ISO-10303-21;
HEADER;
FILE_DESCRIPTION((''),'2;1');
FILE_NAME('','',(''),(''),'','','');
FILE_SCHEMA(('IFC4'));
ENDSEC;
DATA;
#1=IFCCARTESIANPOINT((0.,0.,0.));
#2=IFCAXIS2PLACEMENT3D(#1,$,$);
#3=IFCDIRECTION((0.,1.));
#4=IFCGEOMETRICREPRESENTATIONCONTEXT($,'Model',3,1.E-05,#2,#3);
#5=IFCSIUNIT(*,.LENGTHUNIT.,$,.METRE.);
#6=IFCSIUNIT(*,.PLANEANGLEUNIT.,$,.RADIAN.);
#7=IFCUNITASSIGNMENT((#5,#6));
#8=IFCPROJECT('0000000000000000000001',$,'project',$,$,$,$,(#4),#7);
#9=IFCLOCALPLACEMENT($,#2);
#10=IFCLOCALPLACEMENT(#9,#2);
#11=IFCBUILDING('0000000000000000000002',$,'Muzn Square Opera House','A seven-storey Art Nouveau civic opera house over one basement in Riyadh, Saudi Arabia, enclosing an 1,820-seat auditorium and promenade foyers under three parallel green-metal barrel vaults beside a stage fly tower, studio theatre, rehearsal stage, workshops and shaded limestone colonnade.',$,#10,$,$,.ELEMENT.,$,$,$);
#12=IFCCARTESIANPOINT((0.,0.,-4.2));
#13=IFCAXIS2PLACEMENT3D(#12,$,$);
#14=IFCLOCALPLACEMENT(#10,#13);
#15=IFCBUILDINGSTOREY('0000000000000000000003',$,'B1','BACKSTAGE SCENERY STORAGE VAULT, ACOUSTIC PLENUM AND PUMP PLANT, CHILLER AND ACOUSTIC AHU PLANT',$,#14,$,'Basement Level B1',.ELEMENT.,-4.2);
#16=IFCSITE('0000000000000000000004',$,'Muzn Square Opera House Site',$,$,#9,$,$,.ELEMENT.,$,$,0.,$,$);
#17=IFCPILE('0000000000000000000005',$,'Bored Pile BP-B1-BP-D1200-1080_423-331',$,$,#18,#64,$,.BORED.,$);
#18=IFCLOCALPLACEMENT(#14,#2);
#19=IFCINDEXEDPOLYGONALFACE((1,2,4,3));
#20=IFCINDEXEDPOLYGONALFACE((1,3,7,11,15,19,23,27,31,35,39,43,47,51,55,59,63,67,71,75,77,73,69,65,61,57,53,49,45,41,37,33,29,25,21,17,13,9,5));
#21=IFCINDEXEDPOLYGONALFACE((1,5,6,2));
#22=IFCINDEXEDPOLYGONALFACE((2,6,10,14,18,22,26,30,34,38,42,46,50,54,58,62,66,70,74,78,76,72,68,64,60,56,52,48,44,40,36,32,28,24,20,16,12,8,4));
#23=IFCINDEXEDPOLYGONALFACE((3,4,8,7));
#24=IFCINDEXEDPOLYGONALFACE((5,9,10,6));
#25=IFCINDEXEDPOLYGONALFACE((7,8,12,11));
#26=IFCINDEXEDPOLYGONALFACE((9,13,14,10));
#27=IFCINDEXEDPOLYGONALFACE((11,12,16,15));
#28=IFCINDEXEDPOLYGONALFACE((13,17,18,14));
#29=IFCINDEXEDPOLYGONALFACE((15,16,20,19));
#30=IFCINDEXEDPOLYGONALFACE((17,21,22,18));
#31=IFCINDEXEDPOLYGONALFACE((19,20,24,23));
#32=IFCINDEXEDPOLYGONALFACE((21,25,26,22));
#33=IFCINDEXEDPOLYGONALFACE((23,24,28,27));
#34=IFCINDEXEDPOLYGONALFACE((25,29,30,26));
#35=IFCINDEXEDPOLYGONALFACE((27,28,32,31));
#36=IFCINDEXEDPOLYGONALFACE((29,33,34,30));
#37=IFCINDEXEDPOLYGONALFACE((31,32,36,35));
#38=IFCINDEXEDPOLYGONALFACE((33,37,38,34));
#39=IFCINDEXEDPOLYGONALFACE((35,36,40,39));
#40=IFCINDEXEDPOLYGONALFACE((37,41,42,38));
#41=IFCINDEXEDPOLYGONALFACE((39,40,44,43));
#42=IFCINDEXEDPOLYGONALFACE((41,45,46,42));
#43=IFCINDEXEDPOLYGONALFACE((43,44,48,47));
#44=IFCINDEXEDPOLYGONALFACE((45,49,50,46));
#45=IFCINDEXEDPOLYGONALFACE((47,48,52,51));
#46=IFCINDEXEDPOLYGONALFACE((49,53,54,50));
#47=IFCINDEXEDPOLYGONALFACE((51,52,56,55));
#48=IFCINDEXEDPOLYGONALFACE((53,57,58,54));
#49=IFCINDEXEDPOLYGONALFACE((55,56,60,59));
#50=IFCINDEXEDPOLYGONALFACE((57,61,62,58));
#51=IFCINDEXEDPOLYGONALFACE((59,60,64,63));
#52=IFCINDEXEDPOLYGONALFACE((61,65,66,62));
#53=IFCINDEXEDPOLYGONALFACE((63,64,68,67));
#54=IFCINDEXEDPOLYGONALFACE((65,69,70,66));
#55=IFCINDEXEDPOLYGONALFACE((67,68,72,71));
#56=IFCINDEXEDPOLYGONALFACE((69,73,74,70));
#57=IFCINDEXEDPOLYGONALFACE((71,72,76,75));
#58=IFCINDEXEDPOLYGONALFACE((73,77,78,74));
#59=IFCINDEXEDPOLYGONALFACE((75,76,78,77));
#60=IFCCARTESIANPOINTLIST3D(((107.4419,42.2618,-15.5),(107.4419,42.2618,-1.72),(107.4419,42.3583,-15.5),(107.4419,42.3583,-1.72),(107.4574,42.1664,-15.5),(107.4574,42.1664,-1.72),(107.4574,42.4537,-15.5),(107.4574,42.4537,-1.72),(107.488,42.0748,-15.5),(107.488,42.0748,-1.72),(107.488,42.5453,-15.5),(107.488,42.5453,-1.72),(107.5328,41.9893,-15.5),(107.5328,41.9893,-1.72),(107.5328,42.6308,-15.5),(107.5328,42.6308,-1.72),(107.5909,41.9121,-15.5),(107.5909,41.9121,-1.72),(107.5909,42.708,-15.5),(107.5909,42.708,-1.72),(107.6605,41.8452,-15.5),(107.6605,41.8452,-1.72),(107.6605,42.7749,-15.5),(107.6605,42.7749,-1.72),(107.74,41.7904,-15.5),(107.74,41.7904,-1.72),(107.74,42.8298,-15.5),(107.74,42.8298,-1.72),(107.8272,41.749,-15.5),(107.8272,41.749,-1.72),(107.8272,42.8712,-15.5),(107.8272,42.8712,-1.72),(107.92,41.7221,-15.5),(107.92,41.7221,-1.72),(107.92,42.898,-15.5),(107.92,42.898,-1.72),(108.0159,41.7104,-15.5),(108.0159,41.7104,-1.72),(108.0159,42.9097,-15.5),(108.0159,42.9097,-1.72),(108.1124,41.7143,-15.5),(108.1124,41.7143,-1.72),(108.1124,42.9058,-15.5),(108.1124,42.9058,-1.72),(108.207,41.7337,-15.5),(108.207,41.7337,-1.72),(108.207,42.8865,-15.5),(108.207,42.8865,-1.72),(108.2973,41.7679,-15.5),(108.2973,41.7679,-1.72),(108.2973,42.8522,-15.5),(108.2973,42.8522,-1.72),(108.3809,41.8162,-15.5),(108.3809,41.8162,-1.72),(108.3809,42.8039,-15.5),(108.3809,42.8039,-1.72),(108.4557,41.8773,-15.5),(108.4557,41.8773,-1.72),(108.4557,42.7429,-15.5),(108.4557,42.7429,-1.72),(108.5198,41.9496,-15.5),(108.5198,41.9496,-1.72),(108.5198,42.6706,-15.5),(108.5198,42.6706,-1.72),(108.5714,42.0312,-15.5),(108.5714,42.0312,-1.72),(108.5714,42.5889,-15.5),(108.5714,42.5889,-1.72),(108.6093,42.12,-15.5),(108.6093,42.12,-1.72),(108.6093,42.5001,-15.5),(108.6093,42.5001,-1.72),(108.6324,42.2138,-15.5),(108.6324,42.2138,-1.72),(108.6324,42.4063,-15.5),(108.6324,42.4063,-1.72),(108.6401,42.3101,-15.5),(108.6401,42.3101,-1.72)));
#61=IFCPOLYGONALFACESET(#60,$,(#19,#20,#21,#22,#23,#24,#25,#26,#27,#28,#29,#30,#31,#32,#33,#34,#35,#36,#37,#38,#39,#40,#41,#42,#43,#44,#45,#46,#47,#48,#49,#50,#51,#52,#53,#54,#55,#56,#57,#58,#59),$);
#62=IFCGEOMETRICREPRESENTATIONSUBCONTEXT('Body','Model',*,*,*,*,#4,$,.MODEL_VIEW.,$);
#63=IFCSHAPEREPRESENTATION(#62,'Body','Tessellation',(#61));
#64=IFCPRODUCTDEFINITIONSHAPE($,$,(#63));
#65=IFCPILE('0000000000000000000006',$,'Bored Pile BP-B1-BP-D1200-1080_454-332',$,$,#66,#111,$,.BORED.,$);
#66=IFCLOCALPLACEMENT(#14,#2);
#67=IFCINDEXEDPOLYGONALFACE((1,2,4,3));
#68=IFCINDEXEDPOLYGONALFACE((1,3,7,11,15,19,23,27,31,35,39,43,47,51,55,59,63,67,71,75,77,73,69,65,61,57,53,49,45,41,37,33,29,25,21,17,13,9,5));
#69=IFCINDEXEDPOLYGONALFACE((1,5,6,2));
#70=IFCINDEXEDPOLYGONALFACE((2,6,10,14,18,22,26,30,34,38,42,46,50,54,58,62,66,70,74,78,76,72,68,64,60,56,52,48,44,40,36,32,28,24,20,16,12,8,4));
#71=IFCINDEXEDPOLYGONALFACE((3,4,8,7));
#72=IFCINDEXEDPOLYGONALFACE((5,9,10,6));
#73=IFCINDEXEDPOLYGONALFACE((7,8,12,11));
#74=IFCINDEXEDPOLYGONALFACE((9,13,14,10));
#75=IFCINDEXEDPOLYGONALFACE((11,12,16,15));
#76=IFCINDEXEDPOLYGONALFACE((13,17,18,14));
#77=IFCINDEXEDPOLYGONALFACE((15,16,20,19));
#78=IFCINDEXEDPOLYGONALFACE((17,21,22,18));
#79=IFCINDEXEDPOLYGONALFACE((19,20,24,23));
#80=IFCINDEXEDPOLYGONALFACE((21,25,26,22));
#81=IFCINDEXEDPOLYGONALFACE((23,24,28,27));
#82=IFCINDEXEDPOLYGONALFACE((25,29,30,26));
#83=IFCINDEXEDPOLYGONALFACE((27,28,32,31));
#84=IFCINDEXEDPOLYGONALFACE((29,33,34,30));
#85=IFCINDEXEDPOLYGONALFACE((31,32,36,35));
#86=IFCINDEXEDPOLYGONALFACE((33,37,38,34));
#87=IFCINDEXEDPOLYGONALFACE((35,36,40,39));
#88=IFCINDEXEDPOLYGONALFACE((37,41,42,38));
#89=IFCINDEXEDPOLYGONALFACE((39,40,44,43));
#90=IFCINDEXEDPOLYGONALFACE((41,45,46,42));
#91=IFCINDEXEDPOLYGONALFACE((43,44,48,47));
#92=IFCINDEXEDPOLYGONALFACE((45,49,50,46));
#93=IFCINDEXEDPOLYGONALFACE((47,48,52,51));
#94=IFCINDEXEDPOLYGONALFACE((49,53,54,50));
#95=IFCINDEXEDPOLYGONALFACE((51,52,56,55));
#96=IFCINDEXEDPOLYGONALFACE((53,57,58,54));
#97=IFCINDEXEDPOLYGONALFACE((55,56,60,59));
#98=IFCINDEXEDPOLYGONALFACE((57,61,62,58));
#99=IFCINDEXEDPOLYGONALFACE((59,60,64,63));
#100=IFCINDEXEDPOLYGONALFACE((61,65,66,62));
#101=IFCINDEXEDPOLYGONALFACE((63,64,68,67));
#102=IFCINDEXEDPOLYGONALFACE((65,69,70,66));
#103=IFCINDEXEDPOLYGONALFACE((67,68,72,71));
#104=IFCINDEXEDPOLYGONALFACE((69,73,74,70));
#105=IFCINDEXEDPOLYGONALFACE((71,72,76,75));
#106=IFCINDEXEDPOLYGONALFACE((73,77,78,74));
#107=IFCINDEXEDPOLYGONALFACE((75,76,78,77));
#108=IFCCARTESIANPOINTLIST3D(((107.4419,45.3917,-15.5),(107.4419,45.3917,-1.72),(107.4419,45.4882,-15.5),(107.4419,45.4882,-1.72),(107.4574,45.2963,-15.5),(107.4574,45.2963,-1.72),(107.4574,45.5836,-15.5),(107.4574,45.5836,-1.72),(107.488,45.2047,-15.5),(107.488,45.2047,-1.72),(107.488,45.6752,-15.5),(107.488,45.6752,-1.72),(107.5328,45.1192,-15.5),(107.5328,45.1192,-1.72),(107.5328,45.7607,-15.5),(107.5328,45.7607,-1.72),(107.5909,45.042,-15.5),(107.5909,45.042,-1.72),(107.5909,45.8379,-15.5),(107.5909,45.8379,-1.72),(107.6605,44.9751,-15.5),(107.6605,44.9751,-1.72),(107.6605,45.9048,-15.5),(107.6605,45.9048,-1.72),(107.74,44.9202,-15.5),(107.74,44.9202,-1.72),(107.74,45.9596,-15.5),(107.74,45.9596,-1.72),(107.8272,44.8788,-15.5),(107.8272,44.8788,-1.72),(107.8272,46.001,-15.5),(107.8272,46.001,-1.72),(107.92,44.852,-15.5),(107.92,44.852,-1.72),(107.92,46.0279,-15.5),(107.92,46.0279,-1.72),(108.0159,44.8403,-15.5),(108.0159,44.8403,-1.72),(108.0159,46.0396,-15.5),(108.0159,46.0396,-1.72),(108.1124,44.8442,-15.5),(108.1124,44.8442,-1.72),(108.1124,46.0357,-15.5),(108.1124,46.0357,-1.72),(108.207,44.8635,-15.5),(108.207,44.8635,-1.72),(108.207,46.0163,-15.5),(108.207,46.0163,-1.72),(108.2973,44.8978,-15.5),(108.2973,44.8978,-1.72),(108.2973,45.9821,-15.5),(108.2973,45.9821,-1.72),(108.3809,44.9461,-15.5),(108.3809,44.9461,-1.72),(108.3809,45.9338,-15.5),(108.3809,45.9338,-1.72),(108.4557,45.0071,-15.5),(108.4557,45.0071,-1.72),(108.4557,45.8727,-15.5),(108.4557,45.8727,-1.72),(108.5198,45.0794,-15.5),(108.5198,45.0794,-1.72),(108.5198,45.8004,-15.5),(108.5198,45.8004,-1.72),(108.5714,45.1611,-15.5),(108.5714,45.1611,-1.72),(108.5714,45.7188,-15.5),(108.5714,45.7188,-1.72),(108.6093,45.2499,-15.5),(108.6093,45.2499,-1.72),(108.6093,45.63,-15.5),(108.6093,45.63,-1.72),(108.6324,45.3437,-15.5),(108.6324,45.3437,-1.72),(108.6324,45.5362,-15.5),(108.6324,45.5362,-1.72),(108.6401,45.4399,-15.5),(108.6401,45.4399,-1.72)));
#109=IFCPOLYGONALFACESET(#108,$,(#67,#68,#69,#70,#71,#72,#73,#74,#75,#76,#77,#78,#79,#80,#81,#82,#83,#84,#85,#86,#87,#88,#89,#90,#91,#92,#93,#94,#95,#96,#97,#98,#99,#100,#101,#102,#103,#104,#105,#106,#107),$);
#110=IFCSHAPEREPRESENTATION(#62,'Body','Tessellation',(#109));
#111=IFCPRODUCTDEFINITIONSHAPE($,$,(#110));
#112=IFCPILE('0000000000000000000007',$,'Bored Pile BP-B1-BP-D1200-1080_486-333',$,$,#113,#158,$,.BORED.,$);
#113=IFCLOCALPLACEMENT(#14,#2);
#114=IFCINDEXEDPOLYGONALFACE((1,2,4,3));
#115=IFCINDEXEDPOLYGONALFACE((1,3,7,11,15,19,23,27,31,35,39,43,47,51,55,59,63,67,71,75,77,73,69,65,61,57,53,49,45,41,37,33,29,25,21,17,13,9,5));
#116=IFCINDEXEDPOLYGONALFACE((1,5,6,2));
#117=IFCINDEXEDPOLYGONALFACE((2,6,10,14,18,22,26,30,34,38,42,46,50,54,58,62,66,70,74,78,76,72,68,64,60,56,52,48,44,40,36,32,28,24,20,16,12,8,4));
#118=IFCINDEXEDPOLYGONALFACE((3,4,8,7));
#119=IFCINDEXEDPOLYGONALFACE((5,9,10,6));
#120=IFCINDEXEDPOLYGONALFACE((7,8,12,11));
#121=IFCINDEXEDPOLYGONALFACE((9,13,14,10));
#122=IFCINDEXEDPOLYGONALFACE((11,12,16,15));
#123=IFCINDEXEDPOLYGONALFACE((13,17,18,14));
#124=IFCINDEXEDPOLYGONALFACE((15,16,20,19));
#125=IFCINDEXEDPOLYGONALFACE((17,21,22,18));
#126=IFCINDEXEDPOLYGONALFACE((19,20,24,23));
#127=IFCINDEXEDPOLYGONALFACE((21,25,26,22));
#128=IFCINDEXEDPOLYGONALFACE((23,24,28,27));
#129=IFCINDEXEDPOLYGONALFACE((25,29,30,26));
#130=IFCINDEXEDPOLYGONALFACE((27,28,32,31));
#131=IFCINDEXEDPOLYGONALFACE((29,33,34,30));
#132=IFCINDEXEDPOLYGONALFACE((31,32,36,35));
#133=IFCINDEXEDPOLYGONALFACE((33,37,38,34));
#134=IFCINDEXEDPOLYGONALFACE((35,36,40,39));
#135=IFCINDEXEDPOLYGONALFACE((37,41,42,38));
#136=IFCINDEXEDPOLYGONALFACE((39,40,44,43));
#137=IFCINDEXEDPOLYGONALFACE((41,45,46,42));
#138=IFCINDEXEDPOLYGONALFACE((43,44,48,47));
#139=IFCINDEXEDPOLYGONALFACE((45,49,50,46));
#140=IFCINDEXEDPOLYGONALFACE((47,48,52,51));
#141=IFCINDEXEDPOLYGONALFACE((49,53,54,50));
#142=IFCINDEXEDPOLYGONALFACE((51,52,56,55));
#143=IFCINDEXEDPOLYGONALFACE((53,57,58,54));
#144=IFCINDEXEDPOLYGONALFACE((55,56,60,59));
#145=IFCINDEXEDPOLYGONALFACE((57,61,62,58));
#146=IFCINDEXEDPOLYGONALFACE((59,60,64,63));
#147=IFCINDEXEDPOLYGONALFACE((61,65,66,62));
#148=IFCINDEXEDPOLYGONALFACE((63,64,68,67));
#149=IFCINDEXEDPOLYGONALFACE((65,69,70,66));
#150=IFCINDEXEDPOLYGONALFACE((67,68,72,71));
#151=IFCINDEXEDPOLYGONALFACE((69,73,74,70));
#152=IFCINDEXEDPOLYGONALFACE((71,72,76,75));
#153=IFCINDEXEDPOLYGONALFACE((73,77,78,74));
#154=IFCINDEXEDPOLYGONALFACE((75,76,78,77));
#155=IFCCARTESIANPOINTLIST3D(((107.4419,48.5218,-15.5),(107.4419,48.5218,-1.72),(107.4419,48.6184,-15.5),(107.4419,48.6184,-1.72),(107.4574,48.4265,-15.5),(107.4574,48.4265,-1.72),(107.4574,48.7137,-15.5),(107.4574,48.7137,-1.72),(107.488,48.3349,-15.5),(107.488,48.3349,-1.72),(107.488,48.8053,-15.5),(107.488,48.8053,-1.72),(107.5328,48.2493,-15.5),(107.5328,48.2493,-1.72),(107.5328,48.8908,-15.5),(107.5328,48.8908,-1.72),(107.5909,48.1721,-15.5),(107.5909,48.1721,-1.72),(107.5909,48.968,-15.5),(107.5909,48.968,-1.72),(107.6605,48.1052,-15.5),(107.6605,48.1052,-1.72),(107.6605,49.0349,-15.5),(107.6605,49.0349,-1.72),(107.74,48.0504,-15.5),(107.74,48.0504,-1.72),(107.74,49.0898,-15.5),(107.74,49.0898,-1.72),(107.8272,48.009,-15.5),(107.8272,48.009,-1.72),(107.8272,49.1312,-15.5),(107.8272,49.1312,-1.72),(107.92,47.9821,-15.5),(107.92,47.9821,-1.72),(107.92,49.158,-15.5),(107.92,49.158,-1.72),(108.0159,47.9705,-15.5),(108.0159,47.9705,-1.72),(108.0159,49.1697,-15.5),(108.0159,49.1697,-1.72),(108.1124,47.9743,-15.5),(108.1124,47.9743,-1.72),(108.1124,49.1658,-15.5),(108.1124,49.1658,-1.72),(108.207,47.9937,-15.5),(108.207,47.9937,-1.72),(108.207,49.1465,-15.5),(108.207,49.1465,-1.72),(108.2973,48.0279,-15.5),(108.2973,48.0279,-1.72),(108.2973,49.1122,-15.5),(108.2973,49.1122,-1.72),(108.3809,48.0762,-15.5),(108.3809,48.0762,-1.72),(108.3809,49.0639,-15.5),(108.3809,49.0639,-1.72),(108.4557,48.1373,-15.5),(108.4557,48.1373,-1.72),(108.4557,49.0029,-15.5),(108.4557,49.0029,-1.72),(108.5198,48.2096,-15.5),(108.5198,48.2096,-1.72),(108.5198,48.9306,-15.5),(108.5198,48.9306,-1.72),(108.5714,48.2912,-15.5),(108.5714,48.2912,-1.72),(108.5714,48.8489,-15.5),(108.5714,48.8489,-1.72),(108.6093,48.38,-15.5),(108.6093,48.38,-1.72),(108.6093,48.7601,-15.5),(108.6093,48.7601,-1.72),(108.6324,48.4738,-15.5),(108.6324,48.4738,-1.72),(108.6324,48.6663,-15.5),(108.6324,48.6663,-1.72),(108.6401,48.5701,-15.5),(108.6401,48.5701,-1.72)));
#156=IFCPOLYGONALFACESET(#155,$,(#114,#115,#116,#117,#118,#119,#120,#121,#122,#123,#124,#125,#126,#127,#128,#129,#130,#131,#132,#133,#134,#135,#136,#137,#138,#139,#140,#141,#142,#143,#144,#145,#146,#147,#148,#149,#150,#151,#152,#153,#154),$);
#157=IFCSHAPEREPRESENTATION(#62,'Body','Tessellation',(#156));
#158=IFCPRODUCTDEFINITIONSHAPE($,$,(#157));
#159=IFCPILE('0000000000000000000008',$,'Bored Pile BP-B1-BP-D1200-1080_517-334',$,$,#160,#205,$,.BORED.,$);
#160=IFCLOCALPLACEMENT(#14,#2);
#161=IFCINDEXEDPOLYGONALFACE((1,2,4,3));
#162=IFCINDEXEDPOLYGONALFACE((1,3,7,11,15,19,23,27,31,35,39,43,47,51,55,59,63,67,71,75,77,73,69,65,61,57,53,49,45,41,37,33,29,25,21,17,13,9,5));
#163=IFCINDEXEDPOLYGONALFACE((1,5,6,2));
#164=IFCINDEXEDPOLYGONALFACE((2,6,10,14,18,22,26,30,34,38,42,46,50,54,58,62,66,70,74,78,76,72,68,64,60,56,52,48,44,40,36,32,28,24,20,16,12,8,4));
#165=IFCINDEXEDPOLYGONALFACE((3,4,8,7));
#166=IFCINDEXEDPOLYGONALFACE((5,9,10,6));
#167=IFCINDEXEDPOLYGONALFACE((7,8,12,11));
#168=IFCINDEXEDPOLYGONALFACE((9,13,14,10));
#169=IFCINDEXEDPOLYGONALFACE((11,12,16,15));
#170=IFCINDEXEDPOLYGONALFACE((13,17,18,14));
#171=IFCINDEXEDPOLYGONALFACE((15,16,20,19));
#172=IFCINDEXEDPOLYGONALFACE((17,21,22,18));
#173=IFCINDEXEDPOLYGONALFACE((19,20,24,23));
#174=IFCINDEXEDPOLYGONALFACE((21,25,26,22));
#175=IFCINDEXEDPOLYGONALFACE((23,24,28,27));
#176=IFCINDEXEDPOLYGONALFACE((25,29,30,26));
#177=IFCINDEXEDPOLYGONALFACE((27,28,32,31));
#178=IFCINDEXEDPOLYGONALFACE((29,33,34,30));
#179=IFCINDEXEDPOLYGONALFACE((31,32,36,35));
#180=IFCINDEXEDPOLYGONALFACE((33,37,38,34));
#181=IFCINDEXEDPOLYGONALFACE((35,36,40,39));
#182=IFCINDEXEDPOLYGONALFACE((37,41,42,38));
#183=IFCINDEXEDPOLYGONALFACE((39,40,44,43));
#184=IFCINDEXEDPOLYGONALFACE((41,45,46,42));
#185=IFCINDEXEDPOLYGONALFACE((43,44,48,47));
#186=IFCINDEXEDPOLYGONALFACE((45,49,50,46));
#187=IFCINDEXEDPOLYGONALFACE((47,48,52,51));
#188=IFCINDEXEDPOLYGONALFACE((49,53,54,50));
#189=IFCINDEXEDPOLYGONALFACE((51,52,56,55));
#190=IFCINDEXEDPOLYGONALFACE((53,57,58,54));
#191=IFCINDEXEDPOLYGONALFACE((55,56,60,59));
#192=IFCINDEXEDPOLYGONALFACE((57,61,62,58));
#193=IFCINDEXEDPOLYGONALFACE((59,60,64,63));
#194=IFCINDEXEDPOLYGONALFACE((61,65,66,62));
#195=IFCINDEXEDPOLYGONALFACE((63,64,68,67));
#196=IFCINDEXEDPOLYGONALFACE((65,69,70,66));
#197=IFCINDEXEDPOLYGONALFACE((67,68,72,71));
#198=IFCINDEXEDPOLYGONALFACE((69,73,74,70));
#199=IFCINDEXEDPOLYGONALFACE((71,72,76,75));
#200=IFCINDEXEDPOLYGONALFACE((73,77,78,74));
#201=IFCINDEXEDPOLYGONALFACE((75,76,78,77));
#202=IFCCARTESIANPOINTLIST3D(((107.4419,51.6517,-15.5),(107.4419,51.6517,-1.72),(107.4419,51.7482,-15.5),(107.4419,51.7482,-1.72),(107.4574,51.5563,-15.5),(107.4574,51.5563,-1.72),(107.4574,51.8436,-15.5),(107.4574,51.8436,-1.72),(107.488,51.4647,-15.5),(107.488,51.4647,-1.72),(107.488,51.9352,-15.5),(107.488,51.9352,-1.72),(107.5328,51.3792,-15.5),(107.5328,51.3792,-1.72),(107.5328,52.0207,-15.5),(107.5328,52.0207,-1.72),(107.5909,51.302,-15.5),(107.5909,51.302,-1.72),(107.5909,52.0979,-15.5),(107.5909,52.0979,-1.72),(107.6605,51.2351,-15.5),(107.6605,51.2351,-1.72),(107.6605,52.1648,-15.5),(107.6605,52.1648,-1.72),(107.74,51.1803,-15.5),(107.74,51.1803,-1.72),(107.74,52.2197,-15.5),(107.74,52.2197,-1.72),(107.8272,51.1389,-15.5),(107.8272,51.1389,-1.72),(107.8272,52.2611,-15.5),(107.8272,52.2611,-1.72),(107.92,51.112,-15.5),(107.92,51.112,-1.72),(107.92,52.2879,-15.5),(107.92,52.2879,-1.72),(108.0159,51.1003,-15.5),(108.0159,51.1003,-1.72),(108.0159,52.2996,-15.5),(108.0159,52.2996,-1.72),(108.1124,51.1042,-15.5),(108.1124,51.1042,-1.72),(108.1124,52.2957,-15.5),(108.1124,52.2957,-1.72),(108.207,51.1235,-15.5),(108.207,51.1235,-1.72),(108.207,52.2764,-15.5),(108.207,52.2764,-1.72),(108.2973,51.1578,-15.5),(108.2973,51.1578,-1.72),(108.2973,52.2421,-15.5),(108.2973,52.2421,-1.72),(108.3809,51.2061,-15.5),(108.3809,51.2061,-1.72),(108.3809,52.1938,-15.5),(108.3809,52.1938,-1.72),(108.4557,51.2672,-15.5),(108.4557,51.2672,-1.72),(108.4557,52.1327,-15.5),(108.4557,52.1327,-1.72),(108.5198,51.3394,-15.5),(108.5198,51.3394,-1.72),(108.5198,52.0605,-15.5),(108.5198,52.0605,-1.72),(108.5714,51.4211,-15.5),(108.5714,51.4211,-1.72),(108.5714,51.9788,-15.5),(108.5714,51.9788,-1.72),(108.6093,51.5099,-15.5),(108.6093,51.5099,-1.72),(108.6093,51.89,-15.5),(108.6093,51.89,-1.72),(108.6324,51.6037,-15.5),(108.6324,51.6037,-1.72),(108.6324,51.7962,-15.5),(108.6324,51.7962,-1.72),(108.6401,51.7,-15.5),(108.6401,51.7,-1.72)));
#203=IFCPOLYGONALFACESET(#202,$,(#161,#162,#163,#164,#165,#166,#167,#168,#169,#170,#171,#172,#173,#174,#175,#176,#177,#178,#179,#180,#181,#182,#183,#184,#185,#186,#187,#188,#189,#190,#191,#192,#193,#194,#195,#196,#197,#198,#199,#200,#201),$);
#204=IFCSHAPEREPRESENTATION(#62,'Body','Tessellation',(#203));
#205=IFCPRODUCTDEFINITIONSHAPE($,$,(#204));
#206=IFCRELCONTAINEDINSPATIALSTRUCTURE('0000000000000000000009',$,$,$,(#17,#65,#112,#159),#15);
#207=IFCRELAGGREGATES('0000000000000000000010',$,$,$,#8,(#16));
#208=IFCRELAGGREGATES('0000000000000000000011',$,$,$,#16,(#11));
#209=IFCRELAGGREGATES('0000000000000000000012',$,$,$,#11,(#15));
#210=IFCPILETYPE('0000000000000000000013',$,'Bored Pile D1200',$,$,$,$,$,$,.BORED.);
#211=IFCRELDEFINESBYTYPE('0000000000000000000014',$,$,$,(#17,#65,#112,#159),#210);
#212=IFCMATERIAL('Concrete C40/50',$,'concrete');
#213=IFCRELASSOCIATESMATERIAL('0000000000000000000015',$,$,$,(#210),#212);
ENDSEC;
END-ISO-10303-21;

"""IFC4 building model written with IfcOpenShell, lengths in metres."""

from ifc_helpers import new_model, si_unit, direction, frame, origin, origin_2d, place, context, subcontext, project, spatial, circle, extrude, material, material_profile, profile_set, type_object, element, save


model = new_model("IFC4")

# Units and contexts
model_context = context("Model", 3, precision=1e-05, world=origin(), true_north=direction((0.0, 1.0)))
body_context = subcontext(model_context, "Body", "Model", "MODEL_VIEW")
ifc_project = project(units=[si_unit("LENGTHUNIT", "METRE"), si_unit("PLANEANGLEUNIT", "RADIAN")], contexts=[model_context])

# Site, building, storey
site_placement = place(None, origin())
site = spatial("IfcSite", under=ifc_project, at=site_placement, Name="Muzn Square Opera House Site", CompositionType="ELEMENT", RefElevation=0.0)
building_placement = place(site_placement, origin())
building = spatial("IfcBuilding", under=site, at=building_placement, Name="Muzn Square Opera House", Description="A seven-storey Art Nouveau civic opera house over one basement in Riyadh, Saudi Arabia, enclosing an 1,820-seat auditorium and promenade foyers under three parallel green-metal barrel vaults beside a stage fly tower, studio theatre, rehearsal stage, workshops and shaded limestone colonnade.", CompositionType="ELEMENT")
storey_placement = place(building_placement, frame((0.0, 0.0, -4.2)))
storey = spatial("IfcBuildingStorey", under=building, at=storey_placement, Name="B1", Description="BACKSTAGE SCENERY STORAGE VAULT, ACOUSTIC PLENUM AND PUMP PLANT, CHILLER AND ACOUSTIC AHU PLANT", LongName="Basement Level B1", CompositionType="ELEMENT", Elevation=-4.2)

# Piles
ifc_material_1 = material(Name="Concrete C40/50", Category="concrete")
ifc_material_profile = material_profile(ifc_material_1, circle(Radius=0.6001, at=origin_2d()), Name="BORED PILE D1200", Category="concrete")
ifc_profile_set = profile_set([ifc_material_profile], Name="Concrete C40/50")
pile_type = type_object("IfcPileType", Name="Bored Pile D1200", PredefinedType="BORED", material=ifc_profile_set)
for number, where, z_axis, x_axis, name in (
    (1, (108.04, 42.3101, -1.72), (0.0, 0.0, -1.0), (1.0, 0.0, 0.0), "Bored Pile BP-B1-BP-D1200-1080_423-331"),
    (2, (108.04, 45.4399, -1.72), (0.0, 0.0, -1.0), (1.0, 0.0, 0.0), "Bored Pile BP-B1-BP-D1200-1080_454-332"),
    (3, (108.04, 48.5701, -1.72), (0.0, 0.0, -1.0), (1.0, 0.0, 0.0), "Bored Pile BP-B1-BP-D1200-1080_486-333"),
    (4, (108.04, 51.7, -1.72), (0.0, 0.0, -1.0), (1.0, 0.0, 0.0), "Bored Pile BP-B1-BP-D1200-1080_517-334"),
):
    element("IfcPile", number, at=place(storey_placement, frame(where, z_axis=z_axis, x_axis=x_axis)), inside=storey, type_object=pile_type, Name=name, PredefinedType="BORED", context=body_context, shape_type="SweptSolid", body=[
        extrude(circle(Radius=0.6001, at=origin_2d()), origin(), (0.0, 0.0, 1.0), 13.78),
    ])

save(model, "model.ifc")
